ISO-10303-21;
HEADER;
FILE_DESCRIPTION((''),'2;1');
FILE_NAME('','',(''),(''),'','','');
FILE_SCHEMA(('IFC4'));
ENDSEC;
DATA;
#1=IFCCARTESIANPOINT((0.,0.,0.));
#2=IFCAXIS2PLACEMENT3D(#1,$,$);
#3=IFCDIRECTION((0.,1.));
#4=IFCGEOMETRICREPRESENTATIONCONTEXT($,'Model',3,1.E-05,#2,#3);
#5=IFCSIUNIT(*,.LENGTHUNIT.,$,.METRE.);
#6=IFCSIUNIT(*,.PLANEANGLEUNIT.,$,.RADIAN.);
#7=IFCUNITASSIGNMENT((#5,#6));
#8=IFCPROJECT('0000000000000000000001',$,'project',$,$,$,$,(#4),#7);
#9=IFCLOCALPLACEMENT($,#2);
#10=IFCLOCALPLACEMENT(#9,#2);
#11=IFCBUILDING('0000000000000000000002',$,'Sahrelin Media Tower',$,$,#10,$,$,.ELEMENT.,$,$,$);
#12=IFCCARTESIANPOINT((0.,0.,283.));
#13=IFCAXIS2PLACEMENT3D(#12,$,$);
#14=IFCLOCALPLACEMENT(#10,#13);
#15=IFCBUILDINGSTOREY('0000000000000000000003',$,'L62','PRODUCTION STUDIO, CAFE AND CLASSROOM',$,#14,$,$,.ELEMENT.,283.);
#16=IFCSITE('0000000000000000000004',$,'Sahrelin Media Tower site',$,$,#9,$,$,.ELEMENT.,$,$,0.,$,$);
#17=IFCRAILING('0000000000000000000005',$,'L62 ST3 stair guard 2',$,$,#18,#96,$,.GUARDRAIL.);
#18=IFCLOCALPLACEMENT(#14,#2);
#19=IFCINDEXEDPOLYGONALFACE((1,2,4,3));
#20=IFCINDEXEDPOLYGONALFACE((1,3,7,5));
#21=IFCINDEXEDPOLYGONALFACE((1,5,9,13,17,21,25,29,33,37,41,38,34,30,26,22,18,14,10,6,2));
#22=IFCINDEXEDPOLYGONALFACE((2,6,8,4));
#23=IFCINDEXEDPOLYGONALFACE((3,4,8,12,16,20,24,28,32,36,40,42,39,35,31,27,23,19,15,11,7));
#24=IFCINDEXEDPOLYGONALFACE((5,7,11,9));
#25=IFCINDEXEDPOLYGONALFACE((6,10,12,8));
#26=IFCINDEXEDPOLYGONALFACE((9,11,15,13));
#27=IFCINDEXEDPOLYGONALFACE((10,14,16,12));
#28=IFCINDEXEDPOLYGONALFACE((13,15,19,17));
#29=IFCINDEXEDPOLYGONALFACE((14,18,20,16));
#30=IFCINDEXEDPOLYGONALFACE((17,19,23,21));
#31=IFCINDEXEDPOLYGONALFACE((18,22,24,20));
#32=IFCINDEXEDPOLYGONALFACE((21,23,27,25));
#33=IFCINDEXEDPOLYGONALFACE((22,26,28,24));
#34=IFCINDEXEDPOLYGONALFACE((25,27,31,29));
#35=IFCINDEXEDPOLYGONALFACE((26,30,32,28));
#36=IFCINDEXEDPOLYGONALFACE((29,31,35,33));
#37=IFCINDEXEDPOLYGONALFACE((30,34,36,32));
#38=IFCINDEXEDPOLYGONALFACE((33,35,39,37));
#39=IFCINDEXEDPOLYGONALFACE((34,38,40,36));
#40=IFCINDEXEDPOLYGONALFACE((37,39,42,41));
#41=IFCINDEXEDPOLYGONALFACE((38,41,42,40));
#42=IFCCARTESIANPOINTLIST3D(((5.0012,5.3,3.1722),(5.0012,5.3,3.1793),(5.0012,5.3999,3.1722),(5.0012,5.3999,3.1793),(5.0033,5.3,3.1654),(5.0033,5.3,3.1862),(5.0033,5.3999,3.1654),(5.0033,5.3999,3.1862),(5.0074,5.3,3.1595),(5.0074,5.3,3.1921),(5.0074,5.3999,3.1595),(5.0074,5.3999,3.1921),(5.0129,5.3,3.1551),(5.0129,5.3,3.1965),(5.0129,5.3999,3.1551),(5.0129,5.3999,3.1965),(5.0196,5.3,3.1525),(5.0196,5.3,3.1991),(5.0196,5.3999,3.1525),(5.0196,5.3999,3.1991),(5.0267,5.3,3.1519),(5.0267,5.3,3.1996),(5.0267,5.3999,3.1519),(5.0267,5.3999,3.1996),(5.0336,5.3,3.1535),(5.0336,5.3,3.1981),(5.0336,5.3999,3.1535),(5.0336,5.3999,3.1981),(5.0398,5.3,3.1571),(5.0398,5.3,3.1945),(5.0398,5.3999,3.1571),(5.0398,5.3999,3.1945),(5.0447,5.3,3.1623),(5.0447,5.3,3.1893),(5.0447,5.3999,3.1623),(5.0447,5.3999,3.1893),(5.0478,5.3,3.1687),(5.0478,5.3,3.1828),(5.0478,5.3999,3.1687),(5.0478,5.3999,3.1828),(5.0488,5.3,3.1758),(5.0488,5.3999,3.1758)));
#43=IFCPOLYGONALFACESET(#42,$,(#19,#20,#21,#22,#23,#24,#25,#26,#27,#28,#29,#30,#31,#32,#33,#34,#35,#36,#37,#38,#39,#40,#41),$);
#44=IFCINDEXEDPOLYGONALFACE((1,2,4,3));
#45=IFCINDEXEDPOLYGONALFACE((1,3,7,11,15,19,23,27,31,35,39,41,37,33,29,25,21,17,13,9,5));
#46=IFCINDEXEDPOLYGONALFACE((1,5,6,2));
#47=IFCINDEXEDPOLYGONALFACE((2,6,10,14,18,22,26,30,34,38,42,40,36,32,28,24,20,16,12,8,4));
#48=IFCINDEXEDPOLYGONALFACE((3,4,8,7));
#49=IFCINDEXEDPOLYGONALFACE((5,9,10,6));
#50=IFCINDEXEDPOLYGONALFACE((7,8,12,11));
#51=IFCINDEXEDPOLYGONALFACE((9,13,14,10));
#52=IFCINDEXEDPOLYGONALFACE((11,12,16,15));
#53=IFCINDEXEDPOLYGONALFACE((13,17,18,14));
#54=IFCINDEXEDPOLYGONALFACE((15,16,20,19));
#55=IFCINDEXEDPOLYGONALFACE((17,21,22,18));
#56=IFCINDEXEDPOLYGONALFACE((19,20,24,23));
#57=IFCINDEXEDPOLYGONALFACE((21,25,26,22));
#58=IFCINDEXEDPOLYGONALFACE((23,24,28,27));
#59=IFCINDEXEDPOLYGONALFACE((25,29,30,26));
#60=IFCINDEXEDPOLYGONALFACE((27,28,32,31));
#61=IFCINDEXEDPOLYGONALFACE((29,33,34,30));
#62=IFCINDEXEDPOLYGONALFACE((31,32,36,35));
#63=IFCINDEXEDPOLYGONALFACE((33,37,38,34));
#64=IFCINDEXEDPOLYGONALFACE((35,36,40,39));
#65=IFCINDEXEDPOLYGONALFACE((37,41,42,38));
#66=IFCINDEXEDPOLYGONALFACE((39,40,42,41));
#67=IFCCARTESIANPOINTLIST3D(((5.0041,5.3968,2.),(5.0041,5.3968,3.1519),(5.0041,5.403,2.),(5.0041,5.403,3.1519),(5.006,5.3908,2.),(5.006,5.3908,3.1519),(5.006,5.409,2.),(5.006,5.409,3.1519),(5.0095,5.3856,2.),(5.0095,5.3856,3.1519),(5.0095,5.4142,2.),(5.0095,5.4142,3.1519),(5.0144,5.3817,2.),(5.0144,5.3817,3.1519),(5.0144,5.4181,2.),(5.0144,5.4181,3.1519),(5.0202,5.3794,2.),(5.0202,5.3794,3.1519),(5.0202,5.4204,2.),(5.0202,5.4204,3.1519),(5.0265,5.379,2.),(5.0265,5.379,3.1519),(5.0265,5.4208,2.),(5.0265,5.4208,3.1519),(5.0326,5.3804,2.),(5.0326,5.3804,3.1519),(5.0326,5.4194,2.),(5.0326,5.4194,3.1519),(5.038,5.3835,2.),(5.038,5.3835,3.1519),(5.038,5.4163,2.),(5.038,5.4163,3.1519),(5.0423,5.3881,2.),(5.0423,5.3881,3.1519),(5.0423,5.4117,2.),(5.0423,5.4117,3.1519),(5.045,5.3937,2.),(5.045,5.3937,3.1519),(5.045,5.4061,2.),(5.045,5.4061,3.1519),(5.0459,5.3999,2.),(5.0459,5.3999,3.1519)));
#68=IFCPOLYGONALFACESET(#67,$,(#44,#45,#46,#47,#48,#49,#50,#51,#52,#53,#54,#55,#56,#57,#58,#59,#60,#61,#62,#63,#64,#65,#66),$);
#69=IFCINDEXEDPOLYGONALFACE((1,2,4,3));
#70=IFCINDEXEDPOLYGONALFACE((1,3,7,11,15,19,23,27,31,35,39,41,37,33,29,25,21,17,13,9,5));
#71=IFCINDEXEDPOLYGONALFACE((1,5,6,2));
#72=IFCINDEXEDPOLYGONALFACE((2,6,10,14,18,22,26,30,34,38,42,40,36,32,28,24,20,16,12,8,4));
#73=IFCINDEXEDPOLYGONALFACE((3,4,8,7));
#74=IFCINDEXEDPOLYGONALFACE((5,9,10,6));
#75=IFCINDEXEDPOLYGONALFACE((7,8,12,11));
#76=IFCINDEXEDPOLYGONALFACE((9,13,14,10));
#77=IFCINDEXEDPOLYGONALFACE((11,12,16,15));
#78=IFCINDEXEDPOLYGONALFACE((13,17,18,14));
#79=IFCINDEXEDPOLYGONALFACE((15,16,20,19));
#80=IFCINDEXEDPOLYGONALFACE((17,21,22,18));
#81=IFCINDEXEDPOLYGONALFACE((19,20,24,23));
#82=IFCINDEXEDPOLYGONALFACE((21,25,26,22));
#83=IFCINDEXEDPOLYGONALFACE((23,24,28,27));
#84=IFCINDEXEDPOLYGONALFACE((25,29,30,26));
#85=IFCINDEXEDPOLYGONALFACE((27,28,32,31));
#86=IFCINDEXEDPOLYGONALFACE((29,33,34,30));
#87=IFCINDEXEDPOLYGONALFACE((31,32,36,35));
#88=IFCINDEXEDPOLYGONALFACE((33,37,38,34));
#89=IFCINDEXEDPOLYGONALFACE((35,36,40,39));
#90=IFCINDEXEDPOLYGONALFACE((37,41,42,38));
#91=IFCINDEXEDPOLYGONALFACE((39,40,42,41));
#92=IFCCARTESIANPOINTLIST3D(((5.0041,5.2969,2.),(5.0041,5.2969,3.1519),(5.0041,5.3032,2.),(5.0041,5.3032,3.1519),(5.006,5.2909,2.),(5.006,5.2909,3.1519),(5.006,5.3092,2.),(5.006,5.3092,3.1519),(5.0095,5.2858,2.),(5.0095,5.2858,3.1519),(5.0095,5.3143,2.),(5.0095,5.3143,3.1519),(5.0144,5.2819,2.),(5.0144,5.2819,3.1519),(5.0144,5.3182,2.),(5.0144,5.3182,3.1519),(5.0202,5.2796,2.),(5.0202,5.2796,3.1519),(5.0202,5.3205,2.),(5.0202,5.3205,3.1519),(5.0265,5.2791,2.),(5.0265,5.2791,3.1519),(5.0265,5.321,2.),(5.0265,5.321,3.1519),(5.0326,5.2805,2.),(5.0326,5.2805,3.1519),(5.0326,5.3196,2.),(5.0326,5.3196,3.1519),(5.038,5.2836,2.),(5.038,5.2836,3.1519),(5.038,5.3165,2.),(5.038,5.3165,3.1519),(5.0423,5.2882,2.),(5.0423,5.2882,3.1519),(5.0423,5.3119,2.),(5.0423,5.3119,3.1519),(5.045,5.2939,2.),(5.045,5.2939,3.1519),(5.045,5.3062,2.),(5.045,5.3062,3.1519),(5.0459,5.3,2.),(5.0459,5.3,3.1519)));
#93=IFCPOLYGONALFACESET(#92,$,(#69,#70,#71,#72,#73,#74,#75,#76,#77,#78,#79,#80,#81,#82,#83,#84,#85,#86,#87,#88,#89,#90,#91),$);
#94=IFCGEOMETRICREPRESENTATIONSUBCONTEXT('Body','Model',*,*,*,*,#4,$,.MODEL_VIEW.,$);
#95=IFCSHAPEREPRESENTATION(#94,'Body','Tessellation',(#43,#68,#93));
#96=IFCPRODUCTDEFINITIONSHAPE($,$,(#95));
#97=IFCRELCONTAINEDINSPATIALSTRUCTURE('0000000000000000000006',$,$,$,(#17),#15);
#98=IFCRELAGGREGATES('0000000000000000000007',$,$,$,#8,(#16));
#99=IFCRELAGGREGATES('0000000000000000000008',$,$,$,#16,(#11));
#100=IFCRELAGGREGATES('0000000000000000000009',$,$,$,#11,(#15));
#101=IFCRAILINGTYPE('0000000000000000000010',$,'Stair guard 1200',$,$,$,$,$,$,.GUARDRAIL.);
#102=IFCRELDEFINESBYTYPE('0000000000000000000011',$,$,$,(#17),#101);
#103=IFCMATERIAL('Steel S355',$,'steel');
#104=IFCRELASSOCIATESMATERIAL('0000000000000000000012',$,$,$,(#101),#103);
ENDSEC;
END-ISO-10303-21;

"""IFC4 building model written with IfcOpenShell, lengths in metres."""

from ifc_helpers import new_model, si_unit, direction, frame, origin, origin_2d, place, context, subcontext, project, spatial, circle, extrude, material, type_object, element, save


model = new_model("IFC4")

# Units and contexts
model_context = context("Model", 3, precision=1e-05, world=origin(), true_north=direction((0.0, 1.0)))
body_context = subcontext(model_context, "Body", "Model", "MODEL_VIEW")
ifc_project = project(units=[si_unit("LENGTHUNIT", "METRE"), si_unit("PLANEANGLEUNIT", "RADIAN")], contexts=[model_context])

# Site, building, storey
site_placement = place(None, origin())
site = spatial("IfcSite", under=ifc_project, at=site_placement, Name="Sahrelin Media Tower site", CompositionType="ELEMENT", RefElevation=0.0)
building_placement = place(site_placement, origin())
building = spatial("IfcBuilding", under=site, at=building_placement, Name="Sahrelin Media Tower", CompositionType="ELEMENT")
storey_placement = place(building_placement, frame((0.0, 0.0, 283.0)))
storey = spatial("IfcBuildingStorey", under=building, at=storey_placement, Name="L62", Description="PRODUCTION STUDIO, CAFE AND CLASSROOM", CompositionType="ELEMENT", Elevation=283.0)

# Shared definitions
ifc_material_1 = material(Name="Steel S355", Category="steel")

# Railing
railing_type_1 = type_object("IfcRailingType", Name="Stair guard 1200", PredefinedType="GUARDRAIL", material=ifc_material_1)
railing_1_placement = place(storey_placement, frame((5.0249, 5.3999, 2.0)))
element("IfcRailing", 1, at=railing_1_placement, inside=storey, type_object=railing_type_1, Name="L62 ST3 stair guard 2", PredefinedType="GUARDRAIL", context=body_context, shape_type="SweptSolid", body=[
    extrude(circle(Radius=0.0239, at=origin_2d()), frame((0.0, 0.0, 1.1758), z_axis=(0.0, -1.0, 0.0), x_axis=(1.0, 0.0, 0.0)), (0.0, 0.0, 1.0), 0.0999),
    extrude(circle(Radius=0.021, at=origin_2d()), origin(), (0.0, 0.0, 1.0), 1.1519),
    extrude(circle(Radius=0.021, at=origin_2d()), frame((0.0, -0.0999, 0.0)), (0.0, 0.0, 1.0), 1.1519),
])

save(model, "model.ifc")
